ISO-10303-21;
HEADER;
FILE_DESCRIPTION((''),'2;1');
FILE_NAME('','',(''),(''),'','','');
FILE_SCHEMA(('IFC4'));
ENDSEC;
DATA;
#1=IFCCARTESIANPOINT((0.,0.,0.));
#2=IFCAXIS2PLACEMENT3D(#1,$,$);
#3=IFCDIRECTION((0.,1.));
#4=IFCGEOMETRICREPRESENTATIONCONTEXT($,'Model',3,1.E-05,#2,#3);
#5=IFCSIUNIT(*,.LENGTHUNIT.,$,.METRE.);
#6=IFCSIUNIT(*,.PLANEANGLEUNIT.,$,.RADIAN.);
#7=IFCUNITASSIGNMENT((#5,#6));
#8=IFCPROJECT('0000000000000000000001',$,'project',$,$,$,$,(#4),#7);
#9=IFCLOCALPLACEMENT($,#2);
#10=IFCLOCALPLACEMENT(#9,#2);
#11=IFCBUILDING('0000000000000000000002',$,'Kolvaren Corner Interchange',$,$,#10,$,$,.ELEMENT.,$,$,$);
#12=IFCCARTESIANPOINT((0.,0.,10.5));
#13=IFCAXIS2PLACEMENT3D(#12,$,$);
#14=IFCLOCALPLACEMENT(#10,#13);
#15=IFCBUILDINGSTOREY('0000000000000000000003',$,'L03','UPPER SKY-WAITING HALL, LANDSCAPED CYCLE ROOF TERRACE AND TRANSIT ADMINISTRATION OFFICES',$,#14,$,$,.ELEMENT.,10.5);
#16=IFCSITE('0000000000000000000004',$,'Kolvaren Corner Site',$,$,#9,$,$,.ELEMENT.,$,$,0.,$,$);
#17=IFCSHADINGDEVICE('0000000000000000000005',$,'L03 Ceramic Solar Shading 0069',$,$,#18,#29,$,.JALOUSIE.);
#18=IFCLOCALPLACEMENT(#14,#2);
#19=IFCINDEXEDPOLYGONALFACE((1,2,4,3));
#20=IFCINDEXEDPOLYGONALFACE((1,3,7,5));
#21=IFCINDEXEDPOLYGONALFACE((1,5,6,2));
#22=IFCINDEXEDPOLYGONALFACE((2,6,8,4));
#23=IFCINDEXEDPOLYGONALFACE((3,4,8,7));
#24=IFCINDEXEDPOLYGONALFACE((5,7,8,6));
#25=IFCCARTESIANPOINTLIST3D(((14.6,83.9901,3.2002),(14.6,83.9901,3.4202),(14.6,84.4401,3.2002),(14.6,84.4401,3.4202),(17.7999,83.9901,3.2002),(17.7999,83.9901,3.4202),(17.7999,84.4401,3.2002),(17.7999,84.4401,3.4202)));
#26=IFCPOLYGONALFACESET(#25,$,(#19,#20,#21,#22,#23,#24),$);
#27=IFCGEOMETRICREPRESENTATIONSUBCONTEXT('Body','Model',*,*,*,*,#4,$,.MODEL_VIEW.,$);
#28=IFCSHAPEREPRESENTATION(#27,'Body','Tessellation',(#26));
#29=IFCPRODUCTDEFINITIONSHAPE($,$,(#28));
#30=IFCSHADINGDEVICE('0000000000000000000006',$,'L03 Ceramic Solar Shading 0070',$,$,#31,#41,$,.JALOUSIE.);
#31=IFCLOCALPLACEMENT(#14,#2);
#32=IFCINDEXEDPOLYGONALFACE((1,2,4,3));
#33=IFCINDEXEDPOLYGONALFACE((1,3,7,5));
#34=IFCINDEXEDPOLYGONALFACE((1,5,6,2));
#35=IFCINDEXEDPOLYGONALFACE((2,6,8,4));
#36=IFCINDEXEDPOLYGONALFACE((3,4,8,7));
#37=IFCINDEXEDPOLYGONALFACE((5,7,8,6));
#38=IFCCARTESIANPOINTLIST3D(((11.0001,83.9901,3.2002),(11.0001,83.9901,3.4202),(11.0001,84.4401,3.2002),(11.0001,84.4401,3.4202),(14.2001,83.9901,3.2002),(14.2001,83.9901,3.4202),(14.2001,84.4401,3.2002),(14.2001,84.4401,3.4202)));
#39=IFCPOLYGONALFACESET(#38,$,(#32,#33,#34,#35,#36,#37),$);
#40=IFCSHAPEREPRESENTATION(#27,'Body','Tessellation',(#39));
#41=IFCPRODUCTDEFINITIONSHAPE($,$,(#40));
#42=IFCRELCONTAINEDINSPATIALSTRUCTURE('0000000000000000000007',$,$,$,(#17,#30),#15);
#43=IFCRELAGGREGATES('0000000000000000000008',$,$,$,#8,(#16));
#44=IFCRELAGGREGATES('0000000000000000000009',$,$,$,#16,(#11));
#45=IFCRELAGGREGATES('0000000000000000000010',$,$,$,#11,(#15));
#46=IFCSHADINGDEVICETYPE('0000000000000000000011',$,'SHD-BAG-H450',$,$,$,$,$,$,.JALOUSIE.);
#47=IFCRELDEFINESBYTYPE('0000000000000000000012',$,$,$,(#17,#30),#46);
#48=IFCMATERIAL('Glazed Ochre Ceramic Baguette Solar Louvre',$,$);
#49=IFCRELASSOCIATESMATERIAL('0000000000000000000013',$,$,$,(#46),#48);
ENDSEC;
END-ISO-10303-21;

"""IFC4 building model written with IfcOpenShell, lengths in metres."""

from ifc_helpers import new_model, si_unit, direction, frame, origin, origin_2d, place, context, subcontext, project, spatial, rectangle, extrude, material, type_object, element, save


model = new_model("IFC4")

# Units and contexts
model_context = context("Model", 3, precision=1e-05, world=origin(), true_north=direction((0.0, 1.0)))
body_context = subcontext(model_context, "Body", "Model", "MODEL_VIEW")
ifc_project = project(units=[si_unit("LENGTHUNIT", "METRE"), si_unit("PLANEANGLEUNIT", "RADIAN")], contexts=[model_context])

# Site, building, storey
site_placement = place(None, origin())
site = spatial("IfcSite", under=ifc_project, at=site_placement, Name="Kolvaren Corner Site", CompositionType="ELEMENT", RefElevation=0.0)
building_placement = place(site_placement, origin())
building = spatial("IfcBuilding", under=site, at=building_placement, Name="Kolvaren Corner Interchange", CompositionType="ELEMENT")
storey_placement = place(building_placement, frame((0.0, 0.0, 10.5)))
storey = spatial("IfcBuildingStorey", under=building, at=storey_placement, Name="L03", Description="UPPER SKY-WAITING HALL, LANDSCAPED CYCLE ROOF TERRACE AND TRANSIT ADMINISTRATION OFFICES", CompositionType="ELEMENT", Elevation=10.5)

# Shading devices
ifc_material_1 = material(Name="Glazed Ochre Ceramic Baguette Solar Louvre")
shading_device_type = type_object("IfcShadingDeviceType", Name="SHD-BAG-H450", PredefinedType="JALOUSIE", material=ifc_material_1)
for number, where, z_axis, x_axis, name in (
    (1, (16.2, 84.2151, 3.2002), (0.0, 0.0, 1.0), (-1.0, 0.0, 0.0), "L03 Ceramic Solar Shading 0069"),
    (2, (12.6001, 84.2151, 3.2002), (0.0, 0.0, 1.0), (-1.0, 0.0, 0.0), "L03 Ceramic Solar Shading 0070"),
):
    element("IfcShadingDevice", number, at=place(storey_placement, frame(where, z_axis=z_axis, x_axis=x_axis)), inside=storey, type_object=shading_device_type, Name=name, PredefinedType="JALOUSIE", context=body_context, shape_type="SweptSolid", body=[
        extrude(rectangle(XDim=3.2, YDim=0.45, at=origin_2d()), origin(), (0.0, 0.0, 1.0), 0.22),
    ])

save(model, "model.ifc")
